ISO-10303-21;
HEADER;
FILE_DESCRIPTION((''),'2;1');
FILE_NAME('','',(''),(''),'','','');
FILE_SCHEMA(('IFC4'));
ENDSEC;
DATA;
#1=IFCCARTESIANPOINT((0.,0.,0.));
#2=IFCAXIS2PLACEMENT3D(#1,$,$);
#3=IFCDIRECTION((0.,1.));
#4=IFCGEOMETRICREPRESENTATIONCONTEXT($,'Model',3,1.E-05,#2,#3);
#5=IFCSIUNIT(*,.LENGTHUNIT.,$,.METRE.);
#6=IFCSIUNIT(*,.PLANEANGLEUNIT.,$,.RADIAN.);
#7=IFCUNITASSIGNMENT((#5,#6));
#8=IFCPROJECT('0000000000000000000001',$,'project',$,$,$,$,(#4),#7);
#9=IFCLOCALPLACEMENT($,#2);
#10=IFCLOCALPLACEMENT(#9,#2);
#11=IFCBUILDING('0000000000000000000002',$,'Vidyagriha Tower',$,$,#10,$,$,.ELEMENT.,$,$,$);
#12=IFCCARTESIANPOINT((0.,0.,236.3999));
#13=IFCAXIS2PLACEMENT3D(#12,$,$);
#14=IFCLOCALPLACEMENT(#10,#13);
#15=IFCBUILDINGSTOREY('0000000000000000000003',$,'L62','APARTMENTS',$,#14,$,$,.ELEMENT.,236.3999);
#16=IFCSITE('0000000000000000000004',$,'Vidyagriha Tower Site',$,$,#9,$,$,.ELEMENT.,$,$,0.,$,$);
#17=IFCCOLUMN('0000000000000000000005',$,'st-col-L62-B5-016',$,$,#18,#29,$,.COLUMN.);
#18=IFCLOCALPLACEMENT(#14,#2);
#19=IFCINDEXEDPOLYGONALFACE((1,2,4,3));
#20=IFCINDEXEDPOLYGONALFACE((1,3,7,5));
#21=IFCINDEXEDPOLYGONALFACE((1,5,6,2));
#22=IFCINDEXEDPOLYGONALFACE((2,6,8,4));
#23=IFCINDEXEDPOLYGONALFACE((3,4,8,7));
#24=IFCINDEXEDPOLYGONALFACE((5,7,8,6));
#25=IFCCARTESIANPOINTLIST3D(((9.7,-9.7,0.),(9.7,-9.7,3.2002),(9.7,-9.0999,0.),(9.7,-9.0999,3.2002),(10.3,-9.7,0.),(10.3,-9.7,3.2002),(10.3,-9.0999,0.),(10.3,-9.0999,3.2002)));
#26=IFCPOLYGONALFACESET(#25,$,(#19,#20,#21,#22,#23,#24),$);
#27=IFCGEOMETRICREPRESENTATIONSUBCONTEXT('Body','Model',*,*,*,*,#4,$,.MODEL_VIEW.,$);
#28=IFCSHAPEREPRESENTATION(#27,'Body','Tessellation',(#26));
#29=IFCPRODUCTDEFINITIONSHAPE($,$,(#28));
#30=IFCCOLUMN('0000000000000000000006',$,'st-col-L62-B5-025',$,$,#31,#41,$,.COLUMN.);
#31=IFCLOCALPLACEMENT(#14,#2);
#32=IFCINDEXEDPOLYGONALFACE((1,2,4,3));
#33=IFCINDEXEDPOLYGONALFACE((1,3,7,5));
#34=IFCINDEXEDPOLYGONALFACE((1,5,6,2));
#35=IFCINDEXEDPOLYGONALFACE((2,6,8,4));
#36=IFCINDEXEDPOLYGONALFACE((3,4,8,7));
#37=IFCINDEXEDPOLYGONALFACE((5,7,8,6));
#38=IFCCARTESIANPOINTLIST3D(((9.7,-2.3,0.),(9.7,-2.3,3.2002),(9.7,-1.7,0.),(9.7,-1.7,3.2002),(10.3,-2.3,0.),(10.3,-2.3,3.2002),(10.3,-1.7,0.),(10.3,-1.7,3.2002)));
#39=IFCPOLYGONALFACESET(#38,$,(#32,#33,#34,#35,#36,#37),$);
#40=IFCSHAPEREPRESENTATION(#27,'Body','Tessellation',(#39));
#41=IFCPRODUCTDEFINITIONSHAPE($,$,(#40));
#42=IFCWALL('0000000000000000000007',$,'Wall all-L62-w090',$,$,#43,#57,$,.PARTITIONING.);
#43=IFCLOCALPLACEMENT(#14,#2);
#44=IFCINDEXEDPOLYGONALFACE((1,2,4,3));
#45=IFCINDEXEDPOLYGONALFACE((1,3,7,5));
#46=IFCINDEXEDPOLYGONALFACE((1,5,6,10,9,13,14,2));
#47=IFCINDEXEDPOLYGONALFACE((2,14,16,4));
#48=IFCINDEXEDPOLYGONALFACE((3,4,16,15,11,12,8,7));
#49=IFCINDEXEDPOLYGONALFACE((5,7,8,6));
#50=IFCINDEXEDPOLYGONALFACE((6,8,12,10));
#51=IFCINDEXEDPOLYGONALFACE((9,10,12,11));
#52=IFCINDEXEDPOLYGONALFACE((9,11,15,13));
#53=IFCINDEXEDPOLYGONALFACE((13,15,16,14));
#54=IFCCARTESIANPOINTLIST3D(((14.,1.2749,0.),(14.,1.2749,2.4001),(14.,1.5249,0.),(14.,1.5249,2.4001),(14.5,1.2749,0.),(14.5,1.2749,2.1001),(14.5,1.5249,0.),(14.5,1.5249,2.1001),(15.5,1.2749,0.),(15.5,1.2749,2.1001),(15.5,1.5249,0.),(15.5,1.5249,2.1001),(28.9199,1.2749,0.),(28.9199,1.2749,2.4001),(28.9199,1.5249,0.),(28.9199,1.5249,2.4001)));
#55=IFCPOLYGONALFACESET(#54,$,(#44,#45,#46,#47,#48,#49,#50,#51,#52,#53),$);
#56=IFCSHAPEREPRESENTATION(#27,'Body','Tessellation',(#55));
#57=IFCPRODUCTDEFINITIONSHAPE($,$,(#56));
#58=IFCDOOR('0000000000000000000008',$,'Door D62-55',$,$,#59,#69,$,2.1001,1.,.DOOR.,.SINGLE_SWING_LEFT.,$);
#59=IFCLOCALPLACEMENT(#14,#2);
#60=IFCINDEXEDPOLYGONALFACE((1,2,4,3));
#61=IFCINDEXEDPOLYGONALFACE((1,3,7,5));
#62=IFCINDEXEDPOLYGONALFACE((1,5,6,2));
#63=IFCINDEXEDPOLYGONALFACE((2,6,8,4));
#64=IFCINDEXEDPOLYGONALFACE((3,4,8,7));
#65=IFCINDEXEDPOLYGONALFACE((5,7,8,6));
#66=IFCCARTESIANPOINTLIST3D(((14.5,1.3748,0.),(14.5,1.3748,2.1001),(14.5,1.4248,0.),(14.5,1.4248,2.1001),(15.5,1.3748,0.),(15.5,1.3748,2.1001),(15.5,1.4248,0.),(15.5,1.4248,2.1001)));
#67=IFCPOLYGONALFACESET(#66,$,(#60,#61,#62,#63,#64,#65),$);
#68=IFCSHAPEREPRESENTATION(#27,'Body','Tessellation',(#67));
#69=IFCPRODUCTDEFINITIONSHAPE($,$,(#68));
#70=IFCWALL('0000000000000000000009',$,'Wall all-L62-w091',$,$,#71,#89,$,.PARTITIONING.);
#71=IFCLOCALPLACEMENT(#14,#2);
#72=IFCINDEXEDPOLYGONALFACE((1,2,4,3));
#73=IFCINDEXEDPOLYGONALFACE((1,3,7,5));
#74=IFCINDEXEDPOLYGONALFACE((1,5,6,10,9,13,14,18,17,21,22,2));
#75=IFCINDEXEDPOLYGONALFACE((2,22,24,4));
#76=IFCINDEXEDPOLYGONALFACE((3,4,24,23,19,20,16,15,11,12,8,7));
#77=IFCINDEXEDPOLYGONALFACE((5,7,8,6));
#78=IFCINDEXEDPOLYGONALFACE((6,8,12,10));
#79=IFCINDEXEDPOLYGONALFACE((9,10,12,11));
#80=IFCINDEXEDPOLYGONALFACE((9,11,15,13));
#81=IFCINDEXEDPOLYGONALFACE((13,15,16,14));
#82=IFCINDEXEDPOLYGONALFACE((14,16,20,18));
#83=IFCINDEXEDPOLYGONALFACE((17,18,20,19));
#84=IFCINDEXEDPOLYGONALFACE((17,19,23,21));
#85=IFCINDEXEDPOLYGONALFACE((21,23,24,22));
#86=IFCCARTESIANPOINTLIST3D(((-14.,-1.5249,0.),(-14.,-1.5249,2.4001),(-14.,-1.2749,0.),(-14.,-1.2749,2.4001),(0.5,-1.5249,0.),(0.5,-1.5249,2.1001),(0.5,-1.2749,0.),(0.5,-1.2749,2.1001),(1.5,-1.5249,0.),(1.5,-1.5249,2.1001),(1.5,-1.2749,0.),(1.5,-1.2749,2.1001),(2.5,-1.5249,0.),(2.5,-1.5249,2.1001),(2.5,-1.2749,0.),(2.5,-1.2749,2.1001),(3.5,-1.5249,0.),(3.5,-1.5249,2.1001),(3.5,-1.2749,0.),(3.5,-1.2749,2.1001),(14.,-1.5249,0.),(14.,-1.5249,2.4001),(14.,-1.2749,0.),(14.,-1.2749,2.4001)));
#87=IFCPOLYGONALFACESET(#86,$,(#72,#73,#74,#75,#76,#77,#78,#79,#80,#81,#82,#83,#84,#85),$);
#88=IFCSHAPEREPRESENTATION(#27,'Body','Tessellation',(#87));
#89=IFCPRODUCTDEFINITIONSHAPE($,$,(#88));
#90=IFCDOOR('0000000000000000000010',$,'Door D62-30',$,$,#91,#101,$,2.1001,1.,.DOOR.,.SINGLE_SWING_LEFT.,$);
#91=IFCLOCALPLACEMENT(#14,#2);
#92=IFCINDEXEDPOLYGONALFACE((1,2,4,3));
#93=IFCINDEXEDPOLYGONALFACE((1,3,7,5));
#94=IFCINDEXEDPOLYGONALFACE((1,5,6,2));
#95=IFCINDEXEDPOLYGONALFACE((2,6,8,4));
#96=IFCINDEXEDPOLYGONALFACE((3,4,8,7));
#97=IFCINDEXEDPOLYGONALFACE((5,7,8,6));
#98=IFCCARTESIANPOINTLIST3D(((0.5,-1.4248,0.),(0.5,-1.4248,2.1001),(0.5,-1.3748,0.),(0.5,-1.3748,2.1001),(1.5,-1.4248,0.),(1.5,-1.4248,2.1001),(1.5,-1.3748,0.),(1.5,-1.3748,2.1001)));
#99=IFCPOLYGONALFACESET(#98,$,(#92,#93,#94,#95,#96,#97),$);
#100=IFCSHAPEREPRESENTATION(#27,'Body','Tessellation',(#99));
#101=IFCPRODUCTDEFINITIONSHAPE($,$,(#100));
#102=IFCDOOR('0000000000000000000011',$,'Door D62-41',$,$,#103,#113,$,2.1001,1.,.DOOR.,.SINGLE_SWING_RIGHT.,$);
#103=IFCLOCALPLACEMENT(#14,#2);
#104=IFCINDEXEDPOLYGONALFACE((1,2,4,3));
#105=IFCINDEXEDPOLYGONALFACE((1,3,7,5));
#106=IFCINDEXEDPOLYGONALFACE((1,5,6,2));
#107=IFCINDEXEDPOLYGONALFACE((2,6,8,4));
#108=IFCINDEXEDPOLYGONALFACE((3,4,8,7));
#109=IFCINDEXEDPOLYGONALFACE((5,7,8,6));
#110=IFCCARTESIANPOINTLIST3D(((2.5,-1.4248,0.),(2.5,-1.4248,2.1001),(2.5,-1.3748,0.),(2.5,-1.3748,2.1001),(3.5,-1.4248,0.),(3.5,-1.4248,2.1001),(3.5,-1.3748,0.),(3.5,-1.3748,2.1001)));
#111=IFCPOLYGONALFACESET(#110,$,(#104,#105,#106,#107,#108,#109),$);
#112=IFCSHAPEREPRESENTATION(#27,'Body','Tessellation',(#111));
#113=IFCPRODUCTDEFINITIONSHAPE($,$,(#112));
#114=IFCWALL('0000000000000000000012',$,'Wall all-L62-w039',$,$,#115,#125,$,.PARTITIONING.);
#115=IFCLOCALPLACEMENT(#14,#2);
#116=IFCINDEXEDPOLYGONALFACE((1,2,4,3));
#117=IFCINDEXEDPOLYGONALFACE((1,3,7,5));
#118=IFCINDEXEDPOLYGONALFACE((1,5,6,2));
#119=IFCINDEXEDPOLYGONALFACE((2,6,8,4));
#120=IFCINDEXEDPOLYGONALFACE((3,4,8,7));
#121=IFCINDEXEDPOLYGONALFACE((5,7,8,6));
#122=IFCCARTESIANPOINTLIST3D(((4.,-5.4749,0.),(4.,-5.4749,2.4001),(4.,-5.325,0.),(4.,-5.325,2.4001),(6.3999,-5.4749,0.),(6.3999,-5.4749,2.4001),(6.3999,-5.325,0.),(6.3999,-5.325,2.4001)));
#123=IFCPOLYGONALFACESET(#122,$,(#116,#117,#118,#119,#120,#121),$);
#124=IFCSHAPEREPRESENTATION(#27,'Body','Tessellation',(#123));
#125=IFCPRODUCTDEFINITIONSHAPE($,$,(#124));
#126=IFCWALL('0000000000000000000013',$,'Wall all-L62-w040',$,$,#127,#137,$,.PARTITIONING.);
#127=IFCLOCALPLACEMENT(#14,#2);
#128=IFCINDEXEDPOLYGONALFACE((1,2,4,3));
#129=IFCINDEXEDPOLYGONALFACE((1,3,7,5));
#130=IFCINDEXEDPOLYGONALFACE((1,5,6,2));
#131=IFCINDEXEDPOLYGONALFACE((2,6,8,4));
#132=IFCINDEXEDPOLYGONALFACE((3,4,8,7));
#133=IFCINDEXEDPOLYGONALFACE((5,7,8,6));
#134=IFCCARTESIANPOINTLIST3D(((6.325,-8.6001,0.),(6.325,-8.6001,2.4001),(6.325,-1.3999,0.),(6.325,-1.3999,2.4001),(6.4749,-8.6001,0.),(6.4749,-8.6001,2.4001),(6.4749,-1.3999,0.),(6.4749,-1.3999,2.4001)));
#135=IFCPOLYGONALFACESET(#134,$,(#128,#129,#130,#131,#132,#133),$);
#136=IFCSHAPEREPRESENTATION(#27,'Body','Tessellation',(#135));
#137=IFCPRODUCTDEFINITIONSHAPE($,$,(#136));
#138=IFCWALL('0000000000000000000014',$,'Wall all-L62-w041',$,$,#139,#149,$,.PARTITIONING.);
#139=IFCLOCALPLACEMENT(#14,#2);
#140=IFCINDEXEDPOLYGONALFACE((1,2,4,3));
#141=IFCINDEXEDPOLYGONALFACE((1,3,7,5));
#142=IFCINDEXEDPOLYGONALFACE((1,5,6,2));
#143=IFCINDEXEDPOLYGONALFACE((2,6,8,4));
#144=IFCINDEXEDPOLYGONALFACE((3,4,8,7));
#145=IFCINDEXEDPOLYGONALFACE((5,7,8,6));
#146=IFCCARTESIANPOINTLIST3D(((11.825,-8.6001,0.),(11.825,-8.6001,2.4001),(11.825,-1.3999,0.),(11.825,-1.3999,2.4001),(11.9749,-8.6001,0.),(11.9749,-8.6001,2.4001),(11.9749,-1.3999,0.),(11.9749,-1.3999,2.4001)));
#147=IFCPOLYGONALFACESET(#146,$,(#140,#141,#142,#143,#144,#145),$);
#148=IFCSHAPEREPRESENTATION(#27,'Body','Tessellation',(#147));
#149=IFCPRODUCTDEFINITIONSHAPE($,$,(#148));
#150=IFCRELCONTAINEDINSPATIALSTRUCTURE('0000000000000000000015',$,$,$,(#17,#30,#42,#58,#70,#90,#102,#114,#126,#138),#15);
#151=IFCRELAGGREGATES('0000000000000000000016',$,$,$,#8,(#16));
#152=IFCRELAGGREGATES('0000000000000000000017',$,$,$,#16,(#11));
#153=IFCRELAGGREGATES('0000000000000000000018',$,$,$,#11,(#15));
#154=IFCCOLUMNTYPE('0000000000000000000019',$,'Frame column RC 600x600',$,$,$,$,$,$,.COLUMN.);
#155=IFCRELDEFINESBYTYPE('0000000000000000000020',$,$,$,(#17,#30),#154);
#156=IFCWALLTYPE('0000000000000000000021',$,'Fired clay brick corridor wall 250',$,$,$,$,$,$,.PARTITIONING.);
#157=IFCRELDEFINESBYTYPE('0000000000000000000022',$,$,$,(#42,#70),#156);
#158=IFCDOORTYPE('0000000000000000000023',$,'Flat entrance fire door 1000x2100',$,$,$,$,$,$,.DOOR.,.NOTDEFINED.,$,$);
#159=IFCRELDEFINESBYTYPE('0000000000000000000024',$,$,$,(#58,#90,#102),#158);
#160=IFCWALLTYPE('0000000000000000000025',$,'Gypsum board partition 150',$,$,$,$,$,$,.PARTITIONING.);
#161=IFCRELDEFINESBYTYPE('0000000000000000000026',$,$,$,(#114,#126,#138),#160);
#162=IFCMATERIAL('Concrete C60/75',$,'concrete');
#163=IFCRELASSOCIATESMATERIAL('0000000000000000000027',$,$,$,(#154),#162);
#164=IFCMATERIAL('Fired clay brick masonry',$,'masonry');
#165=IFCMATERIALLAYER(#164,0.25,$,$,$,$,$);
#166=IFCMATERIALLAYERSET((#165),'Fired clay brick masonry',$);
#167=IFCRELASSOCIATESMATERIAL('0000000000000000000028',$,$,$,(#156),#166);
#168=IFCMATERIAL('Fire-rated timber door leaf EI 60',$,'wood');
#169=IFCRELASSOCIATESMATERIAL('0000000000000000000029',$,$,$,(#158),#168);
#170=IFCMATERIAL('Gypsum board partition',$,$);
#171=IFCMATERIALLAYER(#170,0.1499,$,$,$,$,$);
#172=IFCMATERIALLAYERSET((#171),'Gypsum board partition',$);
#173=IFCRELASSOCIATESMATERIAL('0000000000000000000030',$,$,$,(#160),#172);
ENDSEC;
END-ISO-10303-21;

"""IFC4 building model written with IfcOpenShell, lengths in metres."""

from ifc_helpers import new_model, si_unit, direction, frame, frame_2d, origin, origin_2d, place, context, subcontext, project, spatial, rectangle, extrude, material, layer, layer_set, material_profile, profile_set, type_object, element, fill, save


model = new_model("IFC4")

# Units and contexts
model_context = context("Model", 3, precision=1e-05, world=origin(), true_north=direction((0.0, 1.0)))
body_context = subcontext(model_context, "Body", "Model", "MODEL_VIEW")
ifc_project = project(units=[si_unit("LENGTHUNIT", "METRE"), si_unit("PLANEANGLEUNIT", "RADIAN")], contexts=[model_context])

# Site, building, storey
site_placement = place(None, origin())
site = spatial("IfcSite", under=ifc_project, at=site_placement, Name="Vidyagriha Tower Site", CompositionType="ELEMENT", RefElevation=0.0)
building_placement = place(site_placement, origin())
building = spatial("IfcBuilding", under=site, at=building_placement, Name="Vidyagriha Tower", CompositionType="ELEMENT")
storey_placement = place(building_placement, frame((0.0, 0.0, 236.3999)))
storey = spatial("IfcBuildingStorey", under=building, at=storey_placement, Name="L62", Description="APARTMENTS", CompositionType="ELEMENT", Elevation=236.3999)

# Columns
ifc_material_1 = material(Name="Concrete C60/75", Category="concrete")
ifc_material_profile = material_profile(ifc_material_1, rectangle(XDim=0.6001, YDim=0.6001, at=origin_2d()), Name="RC 600x600")
ifc_profile_set = profile_set([ifc_material_profile], Name="Concrete C60/75")
column_type = type_object("IfcColumnType", Name="Frame column RC 600x600", PredefinedType="COLUMN", material=ifc_profile_set)
for number, where, name in (
    (1, (10.0, -9.3999, 0.0), "st-col-L62-B5-016"),
    (2, (10.0, -2.0, 0.0), "st-col-L62-B5-025"),
):
    element("IfcColumn", number, at=place(storey_placement, frame(where)), inside=storey, type_object=column_type, Name=name, PredefinedType="COLUMN", context=body_context, shape_type="SweptSolid", body=[
        extrude(rectangle(XDim=0.6001, YDim=0.6001, at=origin_2d()), origin(), (0.0, 0.0, 1.0), 3.2002),
    ])

# Wall, opening, door
ifc_material_2 = material(Name="Fired clay brick masonry", Category="masonry")
ifc_layer_1 = layer(ifc_material_2, 0.25)
ifc_layer_set_1 = layer_set([ifc_layer_1], Name="Fired clay brick masonry")
wall_type_1 = type_object("IfcWallType", Name="Fired clay brick corridor wall 250", PredefinedType="PARTITIONING", material=ifc_layer_set_1)
wall_1_placement = place(storey_placement, frame((14.0, 1.3999, 0.0)))
wall_1 = element("IfcWall", 3, at=wall_1_placement, inside=storey, type_object=wall_type_1, Name="Wall all-L62-w090", PredefinedType="PARTITIONING", context=body_context, shape_type="SweptSolid", body=[
    extrude(rectangle(XDim=14.9199, YDim=0.25, at=frame_2d((7.46, 0.0))), origin(), (0.0, 0.0, 1.0), 2.4001),
])
opening_1_placement = place(wall_1_placement, frame((0.5, 0.0, 0.0)))
opening_1 = element("IfcOpeningElement", 4, at=opening_1_placement, cuts=wall_1, PredefinedType="OPENING", context=body_context, shape_type="SweptSolid", body=[
    extrude(rectangle(XDim=1.0, YDim=2.1001, at=frame_2d((0.5, 1.05))), frame((0.0, 0.135, 0.0), z_axis=(0.0, -1.0, 0.0), x_axis=(1.0, 0.0, 0.0)), (0.0, 0.0, 1.0), 0.27),
])
ifc_material_3 = material(Name="Fire-rated timber door leaf EI 60", Category="wood")
door_type_1 = type_object("IfcDoorType", Name="Flat entrance fire door 1000x2100", OperationType="NOTDEFINED", PredefinedType="DOOR", material=ifc_material_3)
door_1_placement = place(opening_1_placement, origin())
door_1 = element("IfcDoor", 5, at=door_1_placement, inside=storey, type_object=door_type_1, Name="Door D62-55", OperationType="SINGLE_SWING_LEFT", OverallHeight=2.1001, OverallWidth=1.0, PredefinedType="DOOR", context=body_context, shape_type="SweptSolid", body=[
    extrude(rectangle(XDim=1.0, YDim=2.1001, at=frame_2d((0.5, 1.05))), frame((0.0, 0.0249, 0.0), z_axis=(0.0, -1.0, 0.0), x_axis=(1.0, 0.0, 0.0)), (0.0, 0.0, 1.0), 0.05),
])
fill(opening_1, door_1)

# Wall, openings, doors
wall_2_placement = place(storey_placement, frame((14.0, -1.3999, 0.0), z_axis=(0.0, 0.0, 1.0), x_axis=(-1.0, 0.0, 0.0)))
wall_2 = element("IfcWall", 6, at=wall_2_placement, inside=storey, type_object=wall_type_1, Name="Wall all-L62-w091", PredefinedType="PARTITIONING", context=body_context, shape_type="SweptSolid", body=[
    extrude(rectangle(XDim=28.0, YDim=0.25, at=frame_2d((14.0, 0.0))), origin(), (0.0, 0.0, 1.0), 2.4001),
])
opening_2_placement = place(wall_2_placement, frame((12.5, 0.0, 0.0)))
opening_2 = element("IfcOpeningElement", 7, at=opening_2_placement, cuts=wall_2, PredefinedType="OPENING", context=body_context, shape_type="SweptSolid", body=[
    extrude(rectangle(XDim=1.0, YDim=2.1001, at=frame_2d((0.5, 1.05))), frame((0.0, 0.135, 0.0), z_axis=(0.0, -1.0, 0.0), x_axis=(1.0, 0.0, 0.0)), (0.0, 0.0, 1.0), 0.27),
])
opening_3_placement = place(wall_2_placement, frame((10.5, 0.0, 0.0)))
opening_3 = element("IfcOpeningElement", 8, at=opening_3_placement, cuts=wall_2, PredefinedType="OPENING", context=body_context, shape_type="SweptSolid", body=[
    extrude(rectangle(XDim=1.0, YDim=2.1001, at=frame_2d((0.5, 1.05))), frame((0.0, 0.135, 0.0), z_axis=(0.0, -1.0, 0.0), x_axis=(1.0, 0.0, 0.0)), (0.0, 0.0, 1.0), 0.27),
])
door_2_placement = place(opening_2_placement, origin())
door_2 = element("IfcDoor", 9, at=door_2_placement, inside=storey, type_object=door_type_1, Name="Door D62-30", OperationType="SINGLE_SWING_LEFT", OverallHeight=2.1001, OverallWidth=1.0, PredefinedType="DOOR", context=body_context, shape_type="SweptSolid", body=[
    extrude(rectangle(XDim=1.0, YDim=2.1001, at=frame_2d((0.5, 1.05))), frame((0.0, 0.0249, 0.0), z_axis=(0.0, -1.0, 0.0), x_axis=(1.0, 0.0, 0.0)), (0.0, 0.0, 1.0), 0.05),
])
fill(opening_2, door_2)
door_3_placement = place(opening_3_placement, origin())
door_3 = element("IfcDoor", 10, at=door_3_placement, inside=storey, type_object=door_type_1, Name="Door D62-41", OperationType="SINGLE_SWING_RIGHT", OverallHeight=2.1001, OverallWidth=1.0, PredefinedType="DOOR", context=body_context, shape_type="SweptSolid", body=[
    extrude(rectangle(XDim=1.0, YDim=2.1001, at=frame_2d((0.5, 1.05))), frame((0.0, 0.0249, 0.0), z_axis=(0.0, -1.0, 0.0), x_axis=(1.0, 0.0, 0.0)), (0.0, 0.0, 1.0), 0.05),
])
fill(opening_3, door_3)

# Walls
ifc_material_4 = material(Name="Gypsum board partition")
ifc_layer_2 = layer(ifc_material_4, 0.1499)
ifc_layer_set_2 = layer_set([ifc_layer_2], Name="Gypsum board partition")
wall_type_2 = type_object("IfcWallType", Name="Gypsum board partition 150", PredefinedType="PARTITIONING", material=ifc_layer_set_2)
wall_3_placement = place(storey_placement, frame((6.3999, -5.3999, 0.0), z_axis=(0.0, 0.0, 1.0), x_axis=(-1.0, 0.0, 0.0)))
element("IfcWall", 11, at=wall_3_placement, inside=storey, type_object=wall_type_2, Name="Wall all-L62-w039", PredefinedType="PARTITIONING", context=body_context, shape_type="SweptSolid", body=[
    extrude(rectangle(XDim=2.3999, YDim=0.1499, at=frame_2d((1.2, 0.0))), origin(), (0.0, 0.0, 1.0), 2.4001),
])
for number, where, z_axis, x_axis, name in (
    (12, (6.3999, -1.3999, 0.0), (0.0, 0.0, 1.0), (0.0, -1.0, 0.0), "Wall all-L62-w040"),
    (13, (11.8999, -1.3999, 0.0), (0.0, 0.0, 1.0), (0.0, -1.0, 0.0), "Wall all-L62-w041"),
):
    element("IfcWall", number, at=place(storey_placement, frame(where, z_axis=z_axis, x_axis=x_axis)), inside=storey, type_object=wall_type_2, Name=name, PredefinedType="PARTITIONING", context=body_context, shape_type="SweptSolid", body=[
        extrude(rectangle(XDim=7.2002, YDim=0.1499, at=frame_2d((3.6001, 0.0))), origin(), (0.0, 0.0, 1.0), 2.4001),
    ])

save(model, "model.ifc")
